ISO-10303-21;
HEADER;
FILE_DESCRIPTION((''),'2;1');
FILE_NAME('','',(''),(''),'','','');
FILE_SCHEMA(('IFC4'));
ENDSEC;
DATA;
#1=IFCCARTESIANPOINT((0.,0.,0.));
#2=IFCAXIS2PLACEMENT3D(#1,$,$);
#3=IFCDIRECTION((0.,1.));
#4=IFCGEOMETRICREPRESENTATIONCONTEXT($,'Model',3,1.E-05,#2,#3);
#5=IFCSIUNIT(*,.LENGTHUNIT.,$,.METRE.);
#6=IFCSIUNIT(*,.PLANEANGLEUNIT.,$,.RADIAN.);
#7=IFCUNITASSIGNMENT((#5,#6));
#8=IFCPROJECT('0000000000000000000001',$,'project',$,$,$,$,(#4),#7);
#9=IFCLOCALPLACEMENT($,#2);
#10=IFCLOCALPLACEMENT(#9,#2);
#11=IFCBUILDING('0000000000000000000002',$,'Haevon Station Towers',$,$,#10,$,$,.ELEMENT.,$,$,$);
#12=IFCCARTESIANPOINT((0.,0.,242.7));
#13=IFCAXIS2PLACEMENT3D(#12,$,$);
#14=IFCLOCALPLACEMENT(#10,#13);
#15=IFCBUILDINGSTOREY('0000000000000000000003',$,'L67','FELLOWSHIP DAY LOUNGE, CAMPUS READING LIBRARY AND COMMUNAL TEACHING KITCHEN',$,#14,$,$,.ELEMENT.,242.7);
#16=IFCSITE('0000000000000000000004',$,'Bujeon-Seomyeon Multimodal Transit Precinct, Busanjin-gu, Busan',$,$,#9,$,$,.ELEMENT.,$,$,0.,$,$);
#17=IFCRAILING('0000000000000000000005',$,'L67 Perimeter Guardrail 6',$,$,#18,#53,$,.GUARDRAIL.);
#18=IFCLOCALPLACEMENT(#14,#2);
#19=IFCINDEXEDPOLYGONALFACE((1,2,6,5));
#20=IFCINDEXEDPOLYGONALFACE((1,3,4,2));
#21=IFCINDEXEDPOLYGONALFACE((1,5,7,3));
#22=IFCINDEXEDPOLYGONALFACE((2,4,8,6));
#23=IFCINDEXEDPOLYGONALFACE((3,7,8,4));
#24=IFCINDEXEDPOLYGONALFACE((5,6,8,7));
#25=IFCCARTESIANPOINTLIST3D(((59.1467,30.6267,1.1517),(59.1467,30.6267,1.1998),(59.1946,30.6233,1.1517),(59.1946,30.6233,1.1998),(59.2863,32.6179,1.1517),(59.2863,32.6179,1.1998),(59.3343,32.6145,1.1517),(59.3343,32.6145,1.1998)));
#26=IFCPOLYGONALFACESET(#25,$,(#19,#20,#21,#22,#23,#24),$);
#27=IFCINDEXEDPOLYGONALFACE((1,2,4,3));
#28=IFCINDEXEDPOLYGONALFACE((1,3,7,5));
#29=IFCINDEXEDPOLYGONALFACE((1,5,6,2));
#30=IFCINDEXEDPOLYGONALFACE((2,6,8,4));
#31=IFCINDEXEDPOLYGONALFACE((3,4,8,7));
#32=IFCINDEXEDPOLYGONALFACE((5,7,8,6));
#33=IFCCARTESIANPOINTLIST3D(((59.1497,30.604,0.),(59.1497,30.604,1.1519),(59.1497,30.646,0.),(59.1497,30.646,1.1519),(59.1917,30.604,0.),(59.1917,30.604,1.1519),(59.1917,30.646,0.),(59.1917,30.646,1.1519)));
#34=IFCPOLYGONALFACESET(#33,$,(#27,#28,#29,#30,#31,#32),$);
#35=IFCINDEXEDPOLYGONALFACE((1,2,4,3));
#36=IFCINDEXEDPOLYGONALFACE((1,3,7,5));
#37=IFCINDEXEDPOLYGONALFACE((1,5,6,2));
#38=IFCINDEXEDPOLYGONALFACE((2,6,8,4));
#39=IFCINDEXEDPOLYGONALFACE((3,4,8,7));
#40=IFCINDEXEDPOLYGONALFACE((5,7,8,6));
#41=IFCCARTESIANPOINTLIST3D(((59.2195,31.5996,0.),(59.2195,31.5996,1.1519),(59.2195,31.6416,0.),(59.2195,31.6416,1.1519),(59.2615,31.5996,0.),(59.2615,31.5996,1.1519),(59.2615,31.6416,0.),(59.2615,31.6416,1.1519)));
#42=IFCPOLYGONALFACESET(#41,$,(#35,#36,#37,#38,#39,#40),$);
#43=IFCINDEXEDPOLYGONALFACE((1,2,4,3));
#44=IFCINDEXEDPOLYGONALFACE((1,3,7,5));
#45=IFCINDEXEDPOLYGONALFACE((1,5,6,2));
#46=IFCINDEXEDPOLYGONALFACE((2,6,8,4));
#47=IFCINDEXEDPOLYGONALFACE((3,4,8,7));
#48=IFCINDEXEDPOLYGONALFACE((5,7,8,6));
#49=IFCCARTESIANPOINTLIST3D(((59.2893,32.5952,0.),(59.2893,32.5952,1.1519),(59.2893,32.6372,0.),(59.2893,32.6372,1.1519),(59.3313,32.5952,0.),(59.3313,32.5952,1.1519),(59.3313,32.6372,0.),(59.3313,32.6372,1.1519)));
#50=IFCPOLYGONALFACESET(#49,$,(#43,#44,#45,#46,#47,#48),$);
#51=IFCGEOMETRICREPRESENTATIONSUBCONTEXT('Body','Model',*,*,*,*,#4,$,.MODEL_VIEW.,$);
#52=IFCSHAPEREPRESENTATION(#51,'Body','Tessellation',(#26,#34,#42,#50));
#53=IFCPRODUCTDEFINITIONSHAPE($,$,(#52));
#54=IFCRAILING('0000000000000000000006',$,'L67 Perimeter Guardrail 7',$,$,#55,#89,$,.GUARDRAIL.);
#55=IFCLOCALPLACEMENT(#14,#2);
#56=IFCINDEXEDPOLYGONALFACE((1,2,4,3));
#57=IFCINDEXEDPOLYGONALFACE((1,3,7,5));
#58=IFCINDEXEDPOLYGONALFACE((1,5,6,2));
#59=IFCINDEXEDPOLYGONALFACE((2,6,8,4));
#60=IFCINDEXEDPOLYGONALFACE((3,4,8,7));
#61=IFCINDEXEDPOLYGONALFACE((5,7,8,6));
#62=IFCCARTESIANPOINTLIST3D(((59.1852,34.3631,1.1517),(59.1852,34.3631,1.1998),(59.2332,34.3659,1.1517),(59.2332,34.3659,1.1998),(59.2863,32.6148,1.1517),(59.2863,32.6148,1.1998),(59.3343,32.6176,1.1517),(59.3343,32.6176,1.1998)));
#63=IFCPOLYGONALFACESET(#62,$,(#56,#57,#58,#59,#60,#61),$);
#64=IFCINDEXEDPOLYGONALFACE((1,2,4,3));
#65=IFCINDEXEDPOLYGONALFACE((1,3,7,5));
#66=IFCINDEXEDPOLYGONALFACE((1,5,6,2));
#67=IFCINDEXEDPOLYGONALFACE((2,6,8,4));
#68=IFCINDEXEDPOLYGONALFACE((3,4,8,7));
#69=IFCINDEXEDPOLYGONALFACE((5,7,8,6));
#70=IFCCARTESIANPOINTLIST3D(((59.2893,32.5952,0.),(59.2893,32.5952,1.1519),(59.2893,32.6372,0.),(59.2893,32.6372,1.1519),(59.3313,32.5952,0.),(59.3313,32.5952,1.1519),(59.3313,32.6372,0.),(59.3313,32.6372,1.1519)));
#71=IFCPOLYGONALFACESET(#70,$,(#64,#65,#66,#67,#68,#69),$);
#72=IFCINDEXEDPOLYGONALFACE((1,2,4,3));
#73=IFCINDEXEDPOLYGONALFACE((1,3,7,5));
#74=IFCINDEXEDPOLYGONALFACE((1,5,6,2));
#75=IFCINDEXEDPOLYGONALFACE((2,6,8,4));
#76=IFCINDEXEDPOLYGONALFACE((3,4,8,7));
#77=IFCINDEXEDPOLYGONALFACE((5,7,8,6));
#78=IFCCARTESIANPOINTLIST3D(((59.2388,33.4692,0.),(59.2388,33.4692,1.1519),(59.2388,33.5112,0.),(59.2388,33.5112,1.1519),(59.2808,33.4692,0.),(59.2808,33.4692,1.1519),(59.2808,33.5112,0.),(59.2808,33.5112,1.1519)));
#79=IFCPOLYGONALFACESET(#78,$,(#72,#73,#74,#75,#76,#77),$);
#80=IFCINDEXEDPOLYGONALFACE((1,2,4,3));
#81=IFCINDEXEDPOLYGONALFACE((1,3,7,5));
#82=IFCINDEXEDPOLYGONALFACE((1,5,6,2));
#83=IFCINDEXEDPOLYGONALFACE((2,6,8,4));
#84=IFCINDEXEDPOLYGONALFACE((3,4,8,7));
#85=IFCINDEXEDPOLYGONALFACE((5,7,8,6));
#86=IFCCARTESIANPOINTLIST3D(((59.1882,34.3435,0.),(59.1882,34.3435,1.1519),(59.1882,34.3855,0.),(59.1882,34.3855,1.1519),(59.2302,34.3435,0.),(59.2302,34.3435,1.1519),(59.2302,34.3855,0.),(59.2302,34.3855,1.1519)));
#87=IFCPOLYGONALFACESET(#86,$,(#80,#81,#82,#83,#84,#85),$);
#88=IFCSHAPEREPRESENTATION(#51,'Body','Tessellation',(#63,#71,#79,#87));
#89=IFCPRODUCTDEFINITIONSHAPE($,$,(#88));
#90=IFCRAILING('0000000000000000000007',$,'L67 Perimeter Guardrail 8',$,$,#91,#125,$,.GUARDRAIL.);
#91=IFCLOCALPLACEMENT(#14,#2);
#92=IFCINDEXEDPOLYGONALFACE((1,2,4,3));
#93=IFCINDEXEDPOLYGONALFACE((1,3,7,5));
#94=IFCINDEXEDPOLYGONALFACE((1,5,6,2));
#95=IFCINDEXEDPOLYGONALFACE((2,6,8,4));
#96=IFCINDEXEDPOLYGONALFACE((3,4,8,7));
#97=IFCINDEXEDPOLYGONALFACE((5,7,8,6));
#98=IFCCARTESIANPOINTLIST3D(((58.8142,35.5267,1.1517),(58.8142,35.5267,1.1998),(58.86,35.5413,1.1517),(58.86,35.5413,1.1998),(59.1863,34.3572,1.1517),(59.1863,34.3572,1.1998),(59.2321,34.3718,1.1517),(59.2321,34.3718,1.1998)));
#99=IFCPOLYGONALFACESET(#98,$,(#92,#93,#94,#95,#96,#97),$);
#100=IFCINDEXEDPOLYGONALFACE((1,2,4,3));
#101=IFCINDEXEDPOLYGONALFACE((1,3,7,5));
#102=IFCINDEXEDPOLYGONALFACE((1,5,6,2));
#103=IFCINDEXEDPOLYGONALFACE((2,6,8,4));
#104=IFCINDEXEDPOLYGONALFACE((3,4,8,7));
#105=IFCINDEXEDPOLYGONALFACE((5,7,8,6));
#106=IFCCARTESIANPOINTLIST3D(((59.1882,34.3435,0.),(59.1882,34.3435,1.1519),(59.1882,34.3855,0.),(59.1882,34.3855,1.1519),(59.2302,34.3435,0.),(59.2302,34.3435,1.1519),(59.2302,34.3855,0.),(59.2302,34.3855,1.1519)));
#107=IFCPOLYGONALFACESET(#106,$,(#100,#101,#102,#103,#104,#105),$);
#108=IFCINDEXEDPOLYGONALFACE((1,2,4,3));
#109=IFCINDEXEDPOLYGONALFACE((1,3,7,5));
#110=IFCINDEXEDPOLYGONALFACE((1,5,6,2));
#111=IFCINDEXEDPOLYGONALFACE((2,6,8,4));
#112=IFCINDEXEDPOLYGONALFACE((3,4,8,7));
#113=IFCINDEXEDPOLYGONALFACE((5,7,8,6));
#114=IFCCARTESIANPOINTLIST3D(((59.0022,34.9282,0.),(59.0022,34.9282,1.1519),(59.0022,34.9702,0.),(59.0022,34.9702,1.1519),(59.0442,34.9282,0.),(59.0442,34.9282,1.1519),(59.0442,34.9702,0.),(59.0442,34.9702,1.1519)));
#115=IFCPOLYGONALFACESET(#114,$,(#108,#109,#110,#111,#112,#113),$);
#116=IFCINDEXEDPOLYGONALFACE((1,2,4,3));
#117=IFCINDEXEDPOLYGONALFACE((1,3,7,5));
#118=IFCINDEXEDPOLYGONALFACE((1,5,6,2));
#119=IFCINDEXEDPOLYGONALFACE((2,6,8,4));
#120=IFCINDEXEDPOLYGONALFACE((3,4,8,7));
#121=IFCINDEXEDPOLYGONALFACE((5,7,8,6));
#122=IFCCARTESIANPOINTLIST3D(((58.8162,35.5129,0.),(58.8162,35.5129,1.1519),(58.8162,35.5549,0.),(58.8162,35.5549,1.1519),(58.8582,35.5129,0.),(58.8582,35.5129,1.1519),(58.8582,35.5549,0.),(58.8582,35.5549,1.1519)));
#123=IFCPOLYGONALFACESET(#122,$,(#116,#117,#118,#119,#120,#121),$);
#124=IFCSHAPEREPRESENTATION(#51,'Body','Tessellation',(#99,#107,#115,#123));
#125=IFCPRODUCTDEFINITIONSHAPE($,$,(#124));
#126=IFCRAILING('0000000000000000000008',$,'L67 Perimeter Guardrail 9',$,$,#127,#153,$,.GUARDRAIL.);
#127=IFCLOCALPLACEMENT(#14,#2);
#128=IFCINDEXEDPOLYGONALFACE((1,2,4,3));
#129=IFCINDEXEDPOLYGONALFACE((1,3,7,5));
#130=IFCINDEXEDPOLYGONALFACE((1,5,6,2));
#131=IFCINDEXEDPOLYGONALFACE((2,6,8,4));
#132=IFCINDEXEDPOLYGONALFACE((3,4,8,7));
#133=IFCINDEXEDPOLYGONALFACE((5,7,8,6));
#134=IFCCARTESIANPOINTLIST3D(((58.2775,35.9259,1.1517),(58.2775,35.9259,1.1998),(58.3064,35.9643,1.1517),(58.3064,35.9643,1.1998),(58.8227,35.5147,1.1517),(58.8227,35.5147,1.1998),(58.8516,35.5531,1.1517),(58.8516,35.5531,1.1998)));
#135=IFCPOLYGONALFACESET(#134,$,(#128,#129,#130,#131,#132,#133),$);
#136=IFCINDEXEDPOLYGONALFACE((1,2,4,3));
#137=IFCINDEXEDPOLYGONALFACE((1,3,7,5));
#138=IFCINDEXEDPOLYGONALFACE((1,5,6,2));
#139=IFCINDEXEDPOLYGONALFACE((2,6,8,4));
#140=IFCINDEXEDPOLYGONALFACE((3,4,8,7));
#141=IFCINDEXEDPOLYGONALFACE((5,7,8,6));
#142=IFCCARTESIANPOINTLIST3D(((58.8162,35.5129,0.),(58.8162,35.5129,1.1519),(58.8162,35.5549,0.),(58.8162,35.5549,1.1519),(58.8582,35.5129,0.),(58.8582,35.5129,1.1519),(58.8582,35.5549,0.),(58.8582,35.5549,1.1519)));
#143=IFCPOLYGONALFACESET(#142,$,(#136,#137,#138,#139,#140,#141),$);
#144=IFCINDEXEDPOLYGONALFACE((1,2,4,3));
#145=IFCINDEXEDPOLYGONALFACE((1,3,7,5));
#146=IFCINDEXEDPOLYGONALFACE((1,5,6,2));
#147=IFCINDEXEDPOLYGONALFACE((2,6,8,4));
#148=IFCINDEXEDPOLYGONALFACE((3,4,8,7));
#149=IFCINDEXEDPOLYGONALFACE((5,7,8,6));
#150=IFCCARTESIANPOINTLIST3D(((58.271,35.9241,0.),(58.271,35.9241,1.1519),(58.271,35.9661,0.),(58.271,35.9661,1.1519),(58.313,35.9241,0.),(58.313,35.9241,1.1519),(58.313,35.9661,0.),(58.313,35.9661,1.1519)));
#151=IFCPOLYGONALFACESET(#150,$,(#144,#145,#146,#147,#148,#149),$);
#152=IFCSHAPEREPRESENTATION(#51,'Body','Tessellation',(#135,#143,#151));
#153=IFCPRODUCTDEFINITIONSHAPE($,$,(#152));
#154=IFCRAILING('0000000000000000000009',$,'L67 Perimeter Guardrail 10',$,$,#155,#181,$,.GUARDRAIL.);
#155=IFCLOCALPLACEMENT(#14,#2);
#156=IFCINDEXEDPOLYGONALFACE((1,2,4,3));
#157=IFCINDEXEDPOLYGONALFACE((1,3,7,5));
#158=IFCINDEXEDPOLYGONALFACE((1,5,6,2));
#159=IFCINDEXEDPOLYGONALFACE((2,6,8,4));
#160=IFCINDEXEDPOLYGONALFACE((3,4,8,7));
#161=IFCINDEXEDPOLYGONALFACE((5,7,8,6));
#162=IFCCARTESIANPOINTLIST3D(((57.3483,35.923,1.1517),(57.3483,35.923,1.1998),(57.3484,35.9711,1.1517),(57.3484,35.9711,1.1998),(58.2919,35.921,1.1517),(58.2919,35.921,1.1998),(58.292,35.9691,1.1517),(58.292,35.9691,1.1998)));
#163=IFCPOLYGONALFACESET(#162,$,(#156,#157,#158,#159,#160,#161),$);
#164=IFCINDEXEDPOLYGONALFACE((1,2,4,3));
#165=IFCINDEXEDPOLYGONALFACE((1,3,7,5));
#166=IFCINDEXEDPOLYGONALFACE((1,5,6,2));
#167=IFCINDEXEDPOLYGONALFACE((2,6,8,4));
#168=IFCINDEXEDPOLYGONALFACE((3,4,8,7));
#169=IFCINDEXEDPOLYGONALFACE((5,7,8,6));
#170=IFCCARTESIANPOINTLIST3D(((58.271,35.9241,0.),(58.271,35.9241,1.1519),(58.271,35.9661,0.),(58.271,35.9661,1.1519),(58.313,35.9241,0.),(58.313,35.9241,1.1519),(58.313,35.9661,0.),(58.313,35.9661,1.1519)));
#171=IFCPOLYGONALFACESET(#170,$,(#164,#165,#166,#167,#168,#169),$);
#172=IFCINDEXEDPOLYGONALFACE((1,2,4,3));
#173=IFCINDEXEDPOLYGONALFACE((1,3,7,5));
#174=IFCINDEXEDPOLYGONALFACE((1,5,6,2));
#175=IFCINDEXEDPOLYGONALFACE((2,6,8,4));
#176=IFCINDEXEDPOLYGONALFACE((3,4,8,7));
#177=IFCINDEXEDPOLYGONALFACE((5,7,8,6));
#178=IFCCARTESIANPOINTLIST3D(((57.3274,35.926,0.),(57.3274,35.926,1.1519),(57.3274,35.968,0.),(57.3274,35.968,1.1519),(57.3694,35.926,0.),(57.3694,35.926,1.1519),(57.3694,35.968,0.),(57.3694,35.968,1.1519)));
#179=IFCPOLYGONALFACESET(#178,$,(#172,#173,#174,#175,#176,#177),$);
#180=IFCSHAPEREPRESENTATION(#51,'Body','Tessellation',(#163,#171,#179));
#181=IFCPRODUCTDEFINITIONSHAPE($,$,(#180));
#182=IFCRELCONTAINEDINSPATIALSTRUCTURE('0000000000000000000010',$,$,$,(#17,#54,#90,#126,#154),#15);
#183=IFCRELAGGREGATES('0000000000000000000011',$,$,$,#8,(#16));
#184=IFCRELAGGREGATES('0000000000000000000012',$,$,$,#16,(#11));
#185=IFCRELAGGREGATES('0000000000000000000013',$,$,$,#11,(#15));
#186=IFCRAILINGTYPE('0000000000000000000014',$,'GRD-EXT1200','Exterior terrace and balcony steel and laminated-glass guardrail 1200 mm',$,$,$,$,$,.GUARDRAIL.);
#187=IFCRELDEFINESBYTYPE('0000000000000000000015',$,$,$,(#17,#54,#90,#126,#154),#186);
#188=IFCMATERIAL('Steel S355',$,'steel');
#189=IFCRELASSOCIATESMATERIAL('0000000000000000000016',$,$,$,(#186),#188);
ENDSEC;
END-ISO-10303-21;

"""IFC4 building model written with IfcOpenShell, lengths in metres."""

from ifc_helpers import new_model, si_unit, direction, frame, origin, origin_2d, place, context, subcontext, project, spatial, rectangle, extrude, material, type_object, element, save


model = new_model("IFC4")

# Units and contexts
model_context = context("Model", 3, precision=1e-05, world=origin(), true_north=direction((0.0, 1.0)))
body_context = subcontext(model_context, "Body", "Model", "MODEL_VIEW")
ifc_project = project(units=[si_unit("LENGTHUNIT", "METRE"), si_unit("PLANEANGLEUNIT", "RADIAN")], contexts=[model_context])

# Site, building, storey
site_placement = place(None, origin())
site = spatial("IfcSite", under=ifc_project, at=site_placement, Name="Bujeon-Seomyeon Multimodal Transit Precinct, Busanjin-gu, Busan", CompositionType="ELEMENT", RefElevation=0.0)
building_placement = place(site_placement, origin())
building = spatial("IfcBuilding", under=site, at=building_placement, Name="Haevon Station Towers", CompositionType="ELEMENT")
storey_placement = place(building_placement, frame((0.0, 0.0, 242.7)))
storey = spatial("IfcBuildingStorey", under=building, at=storey_placement, Name="L67", Description="FELLOWSHIP DAY LOUNGE, CAMPUS READING LIBRARY AND COMMUNAL TEACHING KITCHEN", CompositionType="ELEMENT", Elevation=242.7)

# Shared definitions
ifc_material_1 = material(Name="Steel S355", Category="steel")

# Railings
railing_type = type_object("IfcRailingType", Name="GRD-EXT1200", Description="Exterior terrace and balcony steel and laminated-glass guardrail 1200 mm", PredefinedType="GUARDRAIL", material=ifc_material_1)
railing_1_placement = place(storey_placement, frame((59.1707, 30.625, 0.0)))
element("IfcRailing", 1, at=railing_1_placement, inside=storey, type_object=railing_type, Name="L67 Perimeter Guardrail 6", PredefinedType="GUARDRAIL", context=body_context, shape_type="SweptSolid", body=[
    extrude(rectangle(XDim=0.0481, YDim=0.0481, at=origin_2d()), frame((0.0, 0.0, 1.1758), z_axis=(0.069961, 0.99755, 0.0), x_axis=(-0.99755, 0.069961, 0.0)), (0.0, 0.0, 1.0), 1.9961),
    extrude(rectangle(XDim=0.042, YDim=0.042, at=origin_2d()), origin(), (0.0, 0.0, 1.0), 1.1519),
    extrude(rectangle(XDim=0.042, YDim=0.042, at=origin_2d()), frame((0.0698, 0.9956, 0.0)), (0.0, 0.0, 1.0), 1.1519),
    extrude(rectangle(XDim=0.042, YDim=0.042, at=origin_2d()), frame((0.1396, 1.9912, 0.0)), (0.0, 0.0, 1.0), 1.1519),
])
railing_2_placement = place(storey_placement, frame((59.3103, 32.6162, 0.0)))
element("IfcRailing", 2, at=railing_2_placement, inside=storey, type_object=railing_type, Name="L67 Perimeter Guardrail 7", PredefinedType="GUARDRAIL", context=body_context, shape_type="SweptSolid", body=[
    extrude(rectangle(XDim=0.0481, YDim=0.0481, at=origin_2d()), frame((0.0, 0.0, 1.1758), z_axis=(-0.057717, 0.998333, 0.0), x_axis=(-0.998333, -0.057717, 0.0)), (0.0, 0.0, 1.0), 1.7512),
    extrude(rectangle(XDim=0.042, YDim=0.042, at=origin_2d()), origin(), (0.0, 0.0, 1.0), 1.1519),
    extrude(rectangle(XDim=0.042, YDim=0.042, at=origin_2d()), frame((-0.0505, 0.874, 0.0)), (0.0, 0.0, 1.0), 1.1519),
    extrude(rectangle(XDim=0.042, YDim=0.042, at=origin_2d()), frame((-0.1011, 1.7483, 0.0)), (0.0, 0.0, 1.0), 1.1519),
])
railing_3_placement = place(storey_placement, frame((59.2092, 34.3645, 0.0)))
element("IfcRailing", 3, at=railing_3_placement, inside=storey, type_object=railing_type, Name="L67 Perimeter Guardrail 8", PredefinedType="GUARDRAIL", context=body_context, shape_type="SweptSolid", body=[
    extrude(rectangle(XDim=0.0481, YDim=0.0481, at=origin_2d()), frame((0.0, 0.0, 1.1758), z_axis=(-0.303187, 0.952931, 0.0), x_axis=(-0.952931, -0.303187, 0.0)), (0.0, 0.0, 1.0), 1.2273),
    extrude(rectangle(XDim=0.042, YDim=0.042, at=origin_2d()), origin(), (0.0, 0.0, 1.0), 1.1519),
    extrude(rectangle(XDim=0.042, YDim=0.042, at=origin_2d()), frame((-0.186, 0.5847, 0.0)), (0.0, 0.0, 1.0), 1.1519),
    extrude(rectangle(XDim=0.042, YDim=0.042, at=origin_2d()), frame((-0.3721, 1.1694, 0.0)), (0.0, 0.0, 1.0), 1.1519),
])
railing_4_placement = place(storey_placement, frame((58.8372, 35.5339, 0.0)))
element("IfcRailing", 4, at=railing_4_placement, inside=storey, type_object=railing_type, Name="L67 Perimeter Guardrail 9", PredefinedType="GUARDRAIL", context=body_context, shape_type="SweptSolid", body=[
    extrude(rectangle(XDim=0.0481, YDim=0.0481, at=origin_2d()), frame((0.0, 0.0, 1.1758), z_axis=(-0.79841, 0.602115, 0.0), x_axis=(-0.602115, -0.79841, 0.0)), (0.0, 0.0, 1.0), 0.6829),
    extrude(rectangle(XDim=0.042, YDim=0.042, at=origin_2d()), origin(), (0.0, 0.0, 1.0), 1.1519),
    extrude(rectangle(XDim=0.042, YDim=0.042, at=origin_2d()), frame((-0.5452, 0.4111, 0.0)), (0.0, 0.0, 1.0), 1.1519),
])
railing_5_placement = place(storey_placement, frame((58.292, 35.9451, 0.0)))
element("IfcRailing", 5, at=railing_5_placement, inside=storey, type_object=railing_type, Name="L67 Perimeter Guardrail 10", PredefinedType="GUARDRAIL", context=body_context, shape_type="SweptSolid", body=[
    extrude(rectangle(XDim=0.0481, YDim=0.0481, at=origin_2d()), frame((0.0, 0.0, 1.1758), z_axis=(-0.999998, 0.00207, 0.0), x_axis=(-0.00207, -0.999998, 0.0)), (0.0, 0.0, 1.0), 0.9436),
    extrude(rectangle(XDim=0.042, YDim=0.042, at=origin_2d()), origin(), (0.0, 0.0, 1.0), 1.1519),
    extrude(rectangle(XDim=0.042, YDim=0.042, at=origin_2d()), frame((-0.9436, 0.002, 0.0)), (0.0, 0.0, 1.0), 1.1519),
])

save(model, "model.ifc")
